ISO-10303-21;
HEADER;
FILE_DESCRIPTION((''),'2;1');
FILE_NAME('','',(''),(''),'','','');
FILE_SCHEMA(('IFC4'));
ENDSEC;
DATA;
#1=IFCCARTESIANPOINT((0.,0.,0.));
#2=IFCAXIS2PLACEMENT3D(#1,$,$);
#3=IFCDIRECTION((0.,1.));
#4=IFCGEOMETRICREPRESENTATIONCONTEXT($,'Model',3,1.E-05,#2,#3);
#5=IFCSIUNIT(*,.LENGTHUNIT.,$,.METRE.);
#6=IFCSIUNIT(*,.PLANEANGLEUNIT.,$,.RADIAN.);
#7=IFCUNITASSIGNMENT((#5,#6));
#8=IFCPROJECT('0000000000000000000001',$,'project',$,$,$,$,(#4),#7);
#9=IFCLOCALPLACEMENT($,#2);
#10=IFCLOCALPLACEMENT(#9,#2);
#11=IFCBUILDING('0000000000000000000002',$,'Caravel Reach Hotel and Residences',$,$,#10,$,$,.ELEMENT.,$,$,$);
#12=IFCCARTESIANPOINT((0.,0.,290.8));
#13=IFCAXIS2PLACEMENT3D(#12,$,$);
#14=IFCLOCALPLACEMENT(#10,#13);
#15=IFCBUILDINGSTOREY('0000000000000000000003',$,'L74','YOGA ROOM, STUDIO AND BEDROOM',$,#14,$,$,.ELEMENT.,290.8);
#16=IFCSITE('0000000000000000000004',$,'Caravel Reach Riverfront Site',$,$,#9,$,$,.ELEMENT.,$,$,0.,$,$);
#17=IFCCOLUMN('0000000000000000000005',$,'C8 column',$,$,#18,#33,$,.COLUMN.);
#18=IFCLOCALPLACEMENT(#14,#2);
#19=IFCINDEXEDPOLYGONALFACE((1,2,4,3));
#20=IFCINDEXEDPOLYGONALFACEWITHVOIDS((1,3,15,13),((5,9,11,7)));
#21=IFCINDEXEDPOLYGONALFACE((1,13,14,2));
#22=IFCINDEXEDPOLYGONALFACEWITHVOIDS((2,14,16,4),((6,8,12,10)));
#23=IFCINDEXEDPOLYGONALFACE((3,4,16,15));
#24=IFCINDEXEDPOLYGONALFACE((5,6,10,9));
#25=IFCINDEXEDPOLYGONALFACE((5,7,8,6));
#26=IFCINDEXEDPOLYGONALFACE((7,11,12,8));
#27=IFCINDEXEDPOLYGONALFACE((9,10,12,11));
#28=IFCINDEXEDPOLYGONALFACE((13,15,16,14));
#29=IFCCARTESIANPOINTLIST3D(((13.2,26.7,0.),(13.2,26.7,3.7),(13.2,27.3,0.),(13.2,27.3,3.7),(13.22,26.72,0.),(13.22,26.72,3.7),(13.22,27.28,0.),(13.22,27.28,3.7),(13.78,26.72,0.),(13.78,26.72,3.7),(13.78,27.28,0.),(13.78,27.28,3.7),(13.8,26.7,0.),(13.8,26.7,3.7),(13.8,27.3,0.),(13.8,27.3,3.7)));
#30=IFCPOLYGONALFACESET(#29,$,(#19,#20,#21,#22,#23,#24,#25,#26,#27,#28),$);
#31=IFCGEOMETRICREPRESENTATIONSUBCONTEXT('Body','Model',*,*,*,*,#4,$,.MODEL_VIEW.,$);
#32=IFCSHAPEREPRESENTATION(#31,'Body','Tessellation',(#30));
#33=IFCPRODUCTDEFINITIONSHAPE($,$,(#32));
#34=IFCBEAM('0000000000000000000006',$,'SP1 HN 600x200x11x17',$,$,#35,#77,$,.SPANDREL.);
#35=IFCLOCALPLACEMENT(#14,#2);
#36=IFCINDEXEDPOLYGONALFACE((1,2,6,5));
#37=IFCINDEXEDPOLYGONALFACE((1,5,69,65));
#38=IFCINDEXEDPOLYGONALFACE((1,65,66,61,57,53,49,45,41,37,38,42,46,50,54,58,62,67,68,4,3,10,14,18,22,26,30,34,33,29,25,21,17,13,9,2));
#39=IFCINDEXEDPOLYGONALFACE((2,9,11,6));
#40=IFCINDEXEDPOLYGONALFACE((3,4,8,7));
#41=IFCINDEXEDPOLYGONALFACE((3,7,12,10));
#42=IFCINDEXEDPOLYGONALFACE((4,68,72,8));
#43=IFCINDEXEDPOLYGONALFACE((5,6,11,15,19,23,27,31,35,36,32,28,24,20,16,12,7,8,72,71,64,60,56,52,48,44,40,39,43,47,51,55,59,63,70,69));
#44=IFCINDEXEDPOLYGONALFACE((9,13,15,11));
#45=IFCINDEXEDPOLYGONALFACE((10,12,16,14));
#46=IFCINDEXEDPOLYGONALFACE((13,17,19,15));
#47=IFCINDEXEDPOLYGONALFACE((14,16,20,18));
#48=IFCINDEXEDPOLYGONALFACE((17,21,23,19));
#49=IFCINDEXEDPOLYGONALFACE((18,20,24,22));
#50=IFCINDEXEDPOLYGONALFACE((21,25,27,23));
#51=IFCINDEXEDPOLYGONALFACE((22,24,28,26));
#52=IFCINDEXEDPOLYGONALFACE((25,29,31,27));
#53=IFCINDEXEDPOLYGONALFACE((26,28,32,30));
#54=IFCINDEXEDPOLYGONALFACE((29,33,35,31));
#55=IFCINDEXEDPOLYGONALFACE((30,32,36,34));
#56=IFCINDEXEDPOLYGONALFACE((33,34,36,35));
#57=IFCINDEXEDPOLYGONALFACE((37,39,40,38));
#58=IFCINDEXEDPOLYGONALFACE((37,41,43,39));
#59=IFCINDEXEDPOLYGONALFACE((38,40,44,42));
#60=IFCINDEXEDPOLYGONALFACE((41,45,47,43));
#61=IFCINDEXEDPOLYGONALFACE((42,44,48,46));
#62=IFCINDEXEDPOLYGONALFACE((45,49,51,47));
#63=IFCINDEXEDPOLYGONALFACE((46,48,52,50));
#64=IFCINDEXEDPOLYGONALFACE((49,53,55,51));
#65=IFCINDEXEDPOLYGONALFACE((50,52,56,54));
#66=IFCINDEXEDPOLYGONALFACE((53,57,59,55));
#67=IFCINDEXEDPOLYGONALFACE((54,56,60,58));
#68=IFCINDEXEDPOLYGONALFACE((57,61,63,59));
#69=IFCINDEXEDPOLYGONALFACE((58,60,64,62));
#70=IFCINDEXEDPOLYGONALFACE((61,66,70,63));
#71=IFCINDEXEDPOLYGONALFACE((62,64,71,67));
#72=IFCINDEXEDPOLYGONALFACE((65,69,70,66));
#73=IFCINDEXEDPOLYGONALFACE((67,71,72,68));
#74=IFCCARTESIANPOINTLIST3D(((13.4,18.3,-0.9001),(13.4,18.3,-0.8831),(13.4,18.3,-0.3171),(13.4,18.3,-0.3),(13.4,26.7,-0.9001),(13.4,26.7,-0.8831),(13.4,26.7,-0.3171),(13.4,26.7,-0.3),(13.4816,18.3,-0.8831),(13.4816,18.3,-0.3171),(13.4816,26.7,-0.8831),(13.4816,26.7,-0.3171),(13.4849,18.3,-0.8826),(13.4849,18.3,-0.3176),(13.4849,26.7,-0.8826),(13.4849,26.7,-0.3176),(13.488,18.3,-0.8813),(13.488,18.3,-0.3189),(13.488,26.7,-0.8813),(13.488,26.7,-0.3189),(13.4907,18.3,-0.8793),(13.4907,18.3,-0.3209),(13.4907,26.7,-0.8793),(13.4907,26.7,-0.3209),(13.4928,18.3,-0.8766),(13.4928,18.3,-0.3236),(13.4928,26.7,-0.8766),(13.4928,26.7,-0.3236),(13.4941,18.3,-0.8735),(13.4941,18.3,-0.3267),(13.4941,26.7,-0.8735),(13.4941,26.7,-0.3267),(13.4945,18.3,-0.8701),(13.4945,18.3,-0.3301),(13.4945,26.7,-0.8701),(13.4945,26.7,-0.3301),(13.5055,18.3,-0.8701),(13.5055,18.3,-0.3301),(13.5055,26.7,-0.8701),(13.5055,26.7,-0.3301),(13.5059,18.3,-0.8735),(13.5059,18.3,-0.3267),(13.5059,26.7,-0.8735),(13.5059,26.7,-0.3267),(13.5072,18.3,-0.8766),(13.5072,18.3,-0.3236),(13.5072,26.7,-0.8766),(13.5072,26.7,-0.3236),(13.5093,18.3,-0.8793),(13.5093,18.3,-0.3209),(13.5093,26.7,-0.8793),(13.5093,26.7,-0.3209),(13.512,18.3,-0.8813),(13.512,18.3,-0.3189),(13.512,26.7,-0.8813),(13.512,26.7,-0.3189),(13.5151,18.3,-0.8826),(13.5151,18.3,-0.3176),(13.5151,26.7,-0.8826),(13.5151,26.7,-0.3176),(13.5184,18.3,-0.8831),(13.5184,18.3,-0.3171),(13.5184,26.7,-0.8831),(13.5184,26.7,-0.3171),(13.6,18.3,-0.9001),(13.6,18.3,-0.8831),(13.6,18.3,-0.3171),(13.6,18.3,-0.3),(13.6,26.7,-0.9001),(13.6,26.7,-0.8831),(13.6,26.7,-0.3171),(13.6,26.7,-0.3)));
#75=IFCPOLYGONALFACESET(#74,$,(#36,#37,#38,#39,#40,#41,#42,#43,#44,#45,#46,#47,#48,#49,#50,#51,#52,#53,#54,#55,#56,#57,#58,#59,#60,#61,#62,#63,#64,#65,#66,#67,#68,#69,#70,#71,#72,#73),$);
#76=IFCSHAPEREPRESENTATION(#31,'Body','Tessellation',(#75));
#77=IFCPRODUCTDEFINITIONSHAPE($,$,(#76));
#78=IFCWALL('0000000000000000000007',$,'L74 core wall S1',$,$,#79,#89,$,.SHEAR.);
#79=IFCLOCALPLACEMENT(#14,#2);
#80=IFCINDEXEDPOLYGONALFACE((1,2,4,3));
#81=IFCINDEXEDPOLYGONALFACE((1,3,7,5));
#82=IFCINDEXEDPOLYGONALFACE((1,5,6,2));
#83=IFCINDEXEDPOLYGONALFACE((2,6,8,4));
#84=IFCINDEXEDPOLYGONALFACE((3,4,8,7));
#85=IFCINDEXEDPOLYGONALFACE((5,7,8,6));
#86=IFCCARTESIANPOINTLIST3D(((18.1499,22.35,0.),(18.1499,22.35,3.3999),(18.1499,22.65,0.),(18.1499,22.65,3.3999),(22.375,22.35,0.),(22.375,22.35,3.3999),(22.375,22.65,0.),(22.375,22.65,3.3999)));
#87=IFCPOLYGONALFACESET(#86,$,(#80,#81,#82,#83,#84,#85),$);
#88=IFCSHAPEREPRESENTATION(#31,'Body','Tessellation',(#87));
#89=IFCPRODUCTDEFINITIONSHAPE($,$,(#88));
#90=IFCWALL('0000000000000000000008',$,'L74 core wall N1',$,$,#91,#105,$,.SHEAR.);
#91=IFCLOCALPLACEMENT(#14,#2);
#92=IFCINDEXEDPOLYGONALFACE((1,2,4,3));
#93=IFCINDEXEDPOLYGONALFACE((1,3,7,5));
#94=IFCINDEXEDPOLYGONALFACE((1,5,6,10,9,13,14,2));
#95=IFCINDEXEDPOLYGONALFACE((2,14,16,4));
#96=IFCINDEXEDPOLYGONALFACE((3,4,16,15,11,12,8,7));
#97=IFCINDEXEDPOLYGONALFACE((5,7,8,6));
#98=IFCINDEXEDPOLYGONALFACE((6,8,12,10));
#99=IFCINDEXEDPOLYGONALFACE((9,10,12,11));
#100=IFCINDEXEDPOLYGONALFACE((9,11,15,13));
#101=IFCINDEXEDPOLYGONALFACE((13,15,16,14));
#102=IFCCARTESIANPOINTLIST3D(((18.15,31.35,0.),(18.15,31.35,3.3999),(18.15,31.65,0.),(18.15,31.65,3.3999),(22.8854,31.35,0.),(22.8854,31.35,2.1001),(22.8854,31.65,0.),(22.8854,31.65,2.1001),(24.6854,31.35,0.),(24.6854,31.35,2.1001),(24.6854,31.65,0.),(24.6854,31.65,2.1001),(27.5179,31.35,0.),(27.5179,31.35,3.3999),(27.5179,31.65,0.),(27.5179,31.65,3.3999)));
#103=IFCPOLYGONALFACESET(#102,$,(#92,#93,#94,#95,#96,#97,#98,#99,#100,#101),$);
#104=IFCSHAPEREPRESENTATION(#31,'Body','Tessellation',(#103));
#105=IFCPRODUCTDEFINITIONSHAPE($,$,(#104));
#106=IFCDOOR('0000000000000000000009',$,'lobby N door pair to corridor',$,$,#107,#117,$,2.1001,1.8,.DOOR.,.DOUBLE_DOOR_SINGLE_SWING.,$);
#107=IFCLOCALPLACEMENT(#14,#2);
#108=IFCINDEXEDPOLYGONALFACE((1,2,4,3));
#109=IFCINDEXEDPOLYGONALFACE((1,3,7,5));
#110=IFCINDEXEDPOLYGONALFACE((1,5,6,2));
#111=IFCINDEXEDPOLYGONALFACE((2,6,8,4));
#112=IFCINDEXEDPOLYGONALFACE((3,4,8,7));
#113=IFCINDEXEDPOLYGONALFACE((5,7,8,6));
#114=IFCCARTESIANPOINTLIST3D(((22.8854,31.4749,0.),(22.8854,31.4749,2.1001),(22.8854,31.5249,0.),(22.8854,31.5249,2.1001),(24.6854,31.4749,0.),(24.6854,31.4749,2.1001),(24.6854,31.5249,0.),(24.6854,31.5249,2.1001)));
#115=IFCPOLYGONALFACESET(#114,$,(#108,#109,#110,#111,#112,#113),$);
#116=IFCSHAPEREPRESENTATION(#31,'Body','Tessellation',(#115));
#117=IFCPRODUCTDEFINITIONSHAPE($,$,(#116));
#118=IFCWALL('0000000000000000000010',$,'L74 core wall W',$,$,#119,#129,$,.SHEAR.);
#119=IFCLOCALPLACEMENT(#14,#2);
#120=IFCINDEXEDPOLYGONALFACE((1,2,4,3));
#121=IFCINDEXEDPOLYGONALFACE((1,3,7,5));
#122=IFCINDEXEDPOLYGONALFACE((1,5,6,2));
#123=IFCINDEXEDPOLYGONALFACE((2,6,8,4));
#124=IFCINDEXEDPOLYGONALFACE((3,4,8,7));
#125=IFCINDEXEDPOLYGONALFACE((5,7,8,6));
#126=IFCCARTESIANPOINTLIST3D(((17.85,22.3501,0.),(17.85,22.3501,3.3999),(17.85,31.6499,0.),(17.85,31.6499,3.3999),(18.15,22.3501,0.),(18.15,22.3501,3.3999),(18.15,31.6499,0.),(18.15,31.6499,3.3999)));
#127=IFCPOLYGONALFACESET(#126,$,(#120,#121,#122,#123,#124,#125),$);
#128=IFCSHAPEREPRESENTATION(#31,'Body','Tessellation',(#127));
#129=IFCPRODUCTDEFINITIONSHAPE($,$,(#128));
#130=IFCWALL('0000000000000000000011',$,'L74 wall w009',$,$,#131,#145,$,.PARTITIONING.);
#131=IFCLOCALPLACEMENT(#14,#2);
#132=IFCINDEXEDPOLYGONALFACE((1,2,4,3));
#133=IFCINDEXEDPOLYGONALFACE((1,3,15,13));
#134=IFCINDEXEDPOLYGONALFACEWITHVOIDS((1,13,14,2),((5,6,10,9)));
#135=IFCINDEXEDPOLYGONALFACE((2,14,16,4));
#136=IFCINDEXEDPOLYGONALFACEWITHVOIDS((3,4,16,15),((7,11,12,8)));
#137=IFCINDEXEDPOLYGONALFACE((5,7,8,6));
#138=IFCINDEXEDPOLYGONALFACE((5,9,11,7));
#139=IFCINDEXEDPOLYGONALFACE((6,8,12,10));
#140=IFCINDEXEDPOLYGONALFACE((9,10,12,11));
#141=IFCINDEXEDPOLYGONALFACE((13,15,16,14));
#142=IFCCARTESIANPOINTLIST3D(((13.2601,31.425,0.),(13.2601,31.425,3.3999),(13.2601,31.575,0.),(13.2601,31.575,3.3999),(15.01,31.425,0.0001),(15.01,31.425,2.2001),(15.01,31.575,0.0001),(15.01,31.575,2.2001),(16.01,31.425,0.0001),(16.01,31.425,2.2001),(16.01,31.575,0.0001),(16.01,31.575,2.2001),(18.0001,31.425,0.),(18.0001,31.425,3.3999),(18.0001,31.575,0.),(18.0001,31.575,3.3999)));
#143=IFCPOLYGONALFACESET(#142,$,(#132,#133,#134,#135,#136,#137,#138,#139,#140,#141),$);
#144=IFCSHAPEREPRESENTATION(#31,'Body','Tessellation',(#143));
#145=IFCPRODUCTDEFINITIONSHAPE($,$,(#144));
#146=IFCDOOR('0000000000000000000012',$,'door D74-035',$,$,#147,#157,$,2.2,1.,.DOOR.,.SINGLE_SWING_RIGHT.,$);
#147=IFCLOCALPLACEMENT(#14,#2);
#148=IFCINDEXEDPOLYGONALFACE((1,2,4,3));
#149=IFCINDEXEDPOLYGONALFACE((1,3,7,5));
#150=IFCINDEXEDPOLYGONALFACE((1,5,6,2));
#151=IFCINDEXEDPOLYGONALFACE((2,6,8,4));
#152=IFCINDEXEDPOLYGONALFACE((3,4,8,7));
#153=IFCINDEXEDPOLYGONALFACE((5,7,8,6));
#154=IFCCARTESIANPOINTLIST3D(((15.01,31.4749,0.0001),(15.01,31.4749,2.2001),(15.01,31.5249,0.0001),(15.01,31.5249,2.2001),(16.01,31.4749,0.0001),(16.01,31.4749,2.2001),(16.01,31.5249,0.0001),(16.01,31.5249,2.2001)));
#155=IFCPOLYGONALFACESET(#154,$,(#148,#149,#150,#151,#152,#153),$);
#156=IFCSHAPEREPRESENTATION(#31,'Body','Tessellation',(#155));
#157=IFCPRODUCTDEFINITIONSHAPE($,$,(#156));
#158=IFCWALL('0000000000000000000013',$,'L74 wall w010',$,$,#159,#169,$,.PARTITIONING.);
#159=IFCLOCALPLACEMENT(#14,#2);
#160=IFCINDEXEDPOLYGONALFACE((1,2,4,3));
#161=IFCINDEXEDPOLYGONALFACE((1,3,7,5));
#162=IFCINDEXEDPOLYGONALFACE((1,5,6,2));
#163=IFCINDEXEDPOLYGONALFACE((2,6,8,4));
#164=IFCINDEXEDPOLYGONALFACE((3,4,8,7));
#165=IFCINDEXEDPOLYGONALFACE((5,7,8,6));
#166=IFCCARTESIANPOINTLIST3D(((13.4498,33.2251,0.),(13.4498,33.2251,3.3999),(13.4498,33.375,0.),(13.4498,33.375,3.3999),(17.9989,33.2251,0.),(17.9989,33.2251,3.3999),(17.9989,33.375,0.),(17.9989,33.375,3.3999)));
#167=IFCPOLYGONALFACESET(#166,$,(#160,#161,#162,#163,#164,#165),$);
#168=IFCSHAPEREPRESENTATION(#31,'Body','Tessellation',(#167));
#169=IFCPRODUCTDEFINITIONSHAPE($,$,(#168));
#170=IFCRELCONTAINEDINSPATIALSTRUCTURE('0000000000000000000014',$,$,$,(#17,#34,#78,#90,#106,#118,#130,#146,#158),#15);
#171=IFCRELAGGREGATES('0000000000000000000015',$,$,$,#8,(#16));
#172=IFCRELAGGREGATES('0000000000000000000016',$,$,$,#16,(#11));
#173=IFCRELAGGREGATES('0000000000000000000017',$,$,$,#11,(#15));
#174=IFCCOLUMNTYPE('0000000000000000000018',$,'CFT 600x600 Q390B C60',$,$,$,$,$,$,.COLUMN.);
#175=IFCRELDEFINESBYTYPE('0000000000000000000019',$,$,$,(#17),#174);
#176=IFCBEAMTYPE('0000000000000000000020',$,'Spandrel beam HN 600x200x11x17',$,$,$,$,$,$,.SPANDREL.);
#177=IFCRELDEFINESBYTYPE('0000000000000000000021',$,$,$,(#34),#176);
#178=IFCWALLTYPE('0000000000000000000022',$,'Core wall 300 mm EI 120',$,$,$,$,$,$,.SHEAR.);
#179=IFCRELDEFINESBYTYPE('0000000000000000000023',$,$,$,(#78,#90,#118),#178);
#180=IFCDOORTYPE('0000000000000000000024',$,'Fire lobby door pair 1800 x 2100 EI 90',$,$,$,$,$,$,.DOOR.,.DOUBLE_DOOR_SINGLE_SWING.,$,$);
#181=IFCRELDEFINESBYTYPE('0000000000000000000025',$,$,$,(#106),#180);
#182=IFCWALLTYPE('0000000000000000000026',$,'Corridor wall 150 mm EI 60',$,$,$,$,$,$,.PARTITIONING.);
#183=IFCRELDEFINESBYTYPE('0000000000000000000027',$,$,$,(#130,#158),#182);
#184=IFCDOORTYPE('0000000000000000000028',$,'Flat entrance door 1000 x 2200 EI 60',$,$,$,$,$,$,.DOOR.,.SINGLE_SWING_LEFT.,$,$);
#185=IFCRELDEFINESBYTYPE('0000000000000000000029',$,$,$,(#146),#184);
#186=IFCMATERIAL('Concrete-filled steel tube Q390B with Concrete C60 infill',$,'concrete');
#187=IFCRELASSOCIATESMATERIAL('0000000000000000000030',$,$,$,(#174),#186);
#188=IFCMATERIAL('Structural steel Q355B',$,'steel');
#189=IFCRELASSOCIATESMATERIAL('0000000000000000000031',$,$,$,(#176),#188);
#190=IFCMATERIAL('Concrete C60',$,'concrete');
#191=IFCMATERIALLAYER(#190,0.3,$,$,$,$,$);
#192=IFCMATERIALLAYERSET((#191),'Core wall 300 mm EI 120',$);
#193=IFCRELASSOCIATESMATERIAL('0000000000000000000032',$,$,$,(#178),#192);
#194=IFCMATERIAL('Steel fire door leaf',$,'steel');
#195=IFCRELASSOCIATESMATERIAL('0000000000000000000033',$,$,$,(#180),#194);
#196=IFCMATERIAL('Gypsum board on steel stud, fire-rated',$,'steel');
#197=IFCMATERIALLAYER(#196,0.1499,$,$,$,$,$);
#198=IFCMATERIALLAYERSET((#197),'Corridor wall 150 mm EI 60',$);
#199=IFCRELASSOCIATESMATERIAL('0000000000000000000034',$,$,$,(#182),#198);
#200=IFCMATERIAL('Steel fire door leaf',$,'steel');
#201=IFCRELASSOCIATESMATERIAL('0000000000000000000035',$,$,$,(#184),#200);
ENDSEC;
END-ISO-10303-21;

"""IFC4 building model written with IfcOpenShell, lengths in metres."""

from ifc_helpers import new_model, si_unit, direction, frame, frame_2d, origin, origin_2d, place, context, subcontext, project, spatial, rectangle, hollow_rectangle, i_section, extrude, material, layer, layer_set, material_profile, profile_set, type_object, element, fill, save


model = new_model("IFC4")

# Units and contexts
model_context = context("Model", 3, precision=1e-05, world=origin(), true_north=direction((0.0, 1.0)))
body_context = subcontext(model_context, "Body", "Model", "MODEL_VIEW")
ifc_project = project(units=[si_unit("LENGTHUNIT", "METRE"), si_unit("PLANEANGLEUNIT", "RADIAN")], contexts=[model_context])

# Site, building, storey
site_placement = place(None, origin())
site = spatial("IfcSite", under=ifc_project, at=site_placement, Name="Caravel Reach Riverfront Site", CompositionType="ELEMENT", RefElevation=0.0)
building_placement = place(site_placement, origin())
building = spatial("IfcBuilding", under=site, at=building_placement, Name="Caravel Reach Hotel and Residences", CompositionType="ELEMENT")
storey_placement = place(building_placement, frame((0.0, 0.0, 290.8)))
storey = spatial("IfcBuildingStorey", under=building, at=storey_placement, Name="L74", Description="YOGA ROOM, STUDIO AND BEDROOM", CompositionType="ELEMENT", Elevation=290.8)

# Column
ifc_material_1 = material(Name="Concrete-filled steel tube Q390B with Concrete C60 infill", Category="concrete")
ifc_material_profile_1 = material_profile(ifc_material_1, hollow_rectangle(XDim=0.6001, YDim=0.6001, WallThickness=0.02, at=origin_2d()), Name="RHS 600x600x20")
ifc_profile_set_1 = profile_set([ifc_material_profile_1], Name="Concrete-filled steel tube Q390B with Concrete C60 infill")
column_type = type_object("IfcColumnType", Name="CFT 600x600 Q390B C60", PredefinedType="COLUMN", material=ifc_profile_set_1)
column_placement = place(storey_placement, frame((13.5, 27.0, 0.0), z_axis=(0.0, 0.0, 1.0), x_axis=(1.0, 0.0, 0.0)))
element("IfcColumn", 1, at=column_placement, inside=storey, type_object=column_type, Name="C8 column", PredefinedType="COLUMN", context=body_context, shape_type="SweptSolid", body=[
    extrude(hollow_rectangle(XDim=0.6001, YDim=0.6001, WallThickness=0.02, at=origin_2d()), origin(), (0.0, 0.0, 1.0), 3.7),
])

# Beam
ifc_material_2 = material(Name="Structural steel Q355B", Category="steel")
ifc_material_profile_2 = material_profile(ifc_material_2, i_section(OverallWidth=0.2, OverallDepth=0.6001, WebThickness=0.011, FlangeThickness=0.0171, FilletRadius=0.0129, at=origin_2d()), Name="HN 600x200x11x17")
ifc_profile_set_2 = profile_set([ifc_material_profile_2], Name="Structural steel Q355B")
beam_type = type_object("IfcBeamType", Name="Spandrel beam HN 600x200x11x17", PredefinedType="SPANDREL", material=ifc_profile_set_2)
beam_placement = place(storey_placement, frame((13.5, 26.7, -0.6001), z_axis=(0.0, -1.0, 0.0), x_axis=(1.0, 0.0, 0.0)))
element("IfcBeam", 2, at=beam_placement, inside=storey, type_object=beam_type, Name="SP1 HN 600x200x11x17", PredefinedType="SPANDREL", context=body_context, shape_type="SweptSolid", body=[
    extrude(i_section(OverallWidth=0.2, OverallDepth=0.6001, WebThickness=0.011, FlangeThickness=0.0171, FilletRadius=0.0129, at=origin_2d()), origin(), (0.0, 0.0, 1.0), 8.3999),
])

# Wall
ifc_material_3 = material(Name="Concrete C60", Category="concrete")
ifc_layer_1 = layer(ifc_material_3, 0.3)
ifc_layer_set_1 = layer_set([ifc_layer_1], Name="Core wall 300 mm EI 120")
wall_type_1 = type_object("IfcWallType", Name="Core wall 300 mm EI 120", PredefinedType="SHEAR", material=ifc_layer_set_1)
wall_1_placement = place(storey_placement, frame((18.1499, 22.5, 0.0), z_axis=(0.0, 0.0, 1.0), x_axis=(1.0, 0.0, 0.0)))
element("IfcWall", 3, at=wall_1_placement, inside=storey, type_object=wall_type_1, Name="L74 core wall S1", PredefinedType="SHEAR", context=body_context, shape_type="SweptSolid", body=[
    extrude(rectangle(XDim=4.2251, YDim=0.3, at=frame_2d((2.1125, 0.0))), origin(), (0.0, 0.0, 1.0), 3.3999),
])

# Wall, opening, door
wall_2_placement = place(storey_placement, frame((18.1499, 31.5, 0.0), z_axis=(0.0, 0.0, 1.0), x_axis=(1.0, 0.0, 0.0)))
wall_2 = element("IfcWall", 4, at=wall_2_placement, inside=storey, type_object=wall_type_1, Name="L74 core wall N1", PredefinedType="SHEAR", context=body_context, shape_type="SweptSolid", body=[
    extrude(rectangle(XDim=9.3679, YDim=0.3, at=frame_2d((4.6841, 0.0))), origin(), (0.0, 0.0, 1.0), 3.3999),
])
opening_1_placement = place(wall_2_placement, frame((4.7356, 0.0, 0.0)))
opening_1 = element("IfcOpeningElement", 5, at=opening_1_placement, cuts=wall_2, PredefinedType="OPENING", context=body_context, shape_type="SweptSolid", body=[
    extrude(rectangle(XDim=1.8, YDim=2.1001, at=frame_2d((0.8999, 1.05))), frame((0.0, 0.1599, 0.0), z_axis=(0.0, -1.0, 0.0), x_axis=(1.0, 0.0, 0.0)), (0.0, 0.0, 1.0), 0.3201),
])
ifc_material_4 = material(Name="Steel fire door leaf", Category="steel")
door_type_1 = type_object("IfcDoorType", Name="Fire lobby door pair 1800 x 2100 EI 90", OperationType="DOUBLE_DOOR_SINGLE_SWING", PredefinedType="DOOR", material=ifc_material_4)
door_1_placement = place(opening_1_placement, origin())
door_1 = element("IfcDoor", 6, at=door_1_placement, inside=storey, type_object=door_type_1, Name="lobby N door pair to corridor", OperationType="DOUBLE_DOOR_SINGLE_SWING", OverallHeight=2.1001, OverallWidth=1.8, PredefinedType="DOOR", context=body_context, shape_type="SweptSolid", body=[
    extrude(rectangle(XDim=1.8, YDim=2.1001, at=frame_2d((0.8999, 1.05))), frame((0.0, 0.0249, 0.0), z_axis=(0.0, -1.0, 0.0), x_axis=(1.0, 0.0, 0.0)), (0.0, 0.0, 1.0), 0.05),
])
fill(opening_1, door_1)

# Wall
wall_3_placement = place(storey_placement, frame((18.0, 22.3501, 0.0), z_axis=(0.0, 0.0, 1.0), x_axis=(0.0, 1.0, 0.0)))
element("IfcWall", 7, at=wall_3_placement, inside=storey, type_object=wall_type_1, Name="L74 core wall W", PredefinedType="SHEAR", context=body_context, shape_type="SweptSolid", body=[
    extrude(rectangle(XDim=9.2998, YDim=0.3, at=frame_2d((4.6499, 0.0))), origin(), (0.0, 0.0, 1.0), 3.3999),
])

# Wall, opening, door
ifc_material_5 = material(Name="Gypsum board on steel stud, fire-rated", Category="steel")
ifc_layer_2 = layer(ifc_material_5, 0.1499)
ifc_layer_set_2 = layer_set([ifc_layer_2], Name="Corridor wall 150 mm EI 60")
wall_type_2 = type_object("IfcWallType", Name="Corridor wall 150 mm EI 60", PredefinedType="PARTITIONING", material=ifc_layer_set_2)
wall_4_placement = place(storey_placement, frame((13.26, 31.5, 0.0), z_axis=(0.0, 0.0, 1.0), x_axis=(1.0, 0.0, 0.0)))
wall_4 = element("IfcWall", 8, at=wall_4_placement, inside=storey, type_object=wall_type_2, Name="L74 wall w009", PredefinedType="PARTITIONING", context=body_context, shape_type="SweptSolid", body=[
    extrude(rectangle(XDim=4.74, YDim=0.1499, at=frame_2d((2.3701, 0.0))), origin(), (0.0, 0.0, 1.0), 3.3999),
])
opening_2_placement = place(wall_4_placement, frame((1.75, 0.0, 0.0)))
opening_2 = element("IfcOpeningElement", 9, at=opening_2_placement, cuts=wall_4, PredefinedType="OPENING", context=body_context, shape_type="SweptSolid", body=[
    extrude(rectangle(XDim=1.0, YDim=2.2, at=frame_2d((0.5, 1.1001))), frame((0.0, 0.085, 0.0), z_axis=(0.0, -1.0, 0.0), x_axis=(1.0, 0.0, 0.0)), (0.0, 0.0, 1.0), 0.1699),
])
ifc_material_6 = material(Name="Steel fire door leaf", Category="steel")
door_type_2 = type_object("IfcDoorType", Name="Flat entrance door 1000 x 2200 EI 60", OperationType="SINGLE_SWING_LEFT", PredefinedType="DOOR", material=ifc_material_6)
door_2_placement = place(opening_2_placement, origin())
door_2 = element("IfcDoor", 10, at=door_2_placement, inside=storey, type_object=door_type_2, Name="door D74-035", OperationType="SINGLE_SWING_RIGHT", OverallHeight=2.2, OverallWidth=1.0, PredefinedType="DOOR", context=body_context, shape_type="SweptSolid", body=[
    extrude(rectangle(XDim=1.0, YDim=2.2, at=frame_2d((0.5, 1.1001))), frame((0.0, 0.0249, 0.0), z_axis=(0.0, -1.0, 0.0), x_axis=(1.0, 0.0, 0.0)), (0.0, 0.0, 1.0), 0.05),
])
fill(opening_2, door_2)

# Wall
wall_5_placement = place(storey_placement, frame((13.45, 33.3, 0.0), z_axis=(0.0, 0.0, 1.0), x_axis=(1.0, 0.0, 0.0)))
element("IfcWall", 11, at=wall_5_placement, inside=storey, type_object=wall_type_2, Name="L74 wall w010", PredefinedType="PARTITIONING", context=body_context, shape_type="SweptSolid", body=[
    extrude(rectangle(XDim=4.5491, YDim=0.1499, at=frame_2d((2.2744, 0.0))), origin(), (0.0, 0.0, 1.0), 3.3999),
])

save(model, "model.ifc")
